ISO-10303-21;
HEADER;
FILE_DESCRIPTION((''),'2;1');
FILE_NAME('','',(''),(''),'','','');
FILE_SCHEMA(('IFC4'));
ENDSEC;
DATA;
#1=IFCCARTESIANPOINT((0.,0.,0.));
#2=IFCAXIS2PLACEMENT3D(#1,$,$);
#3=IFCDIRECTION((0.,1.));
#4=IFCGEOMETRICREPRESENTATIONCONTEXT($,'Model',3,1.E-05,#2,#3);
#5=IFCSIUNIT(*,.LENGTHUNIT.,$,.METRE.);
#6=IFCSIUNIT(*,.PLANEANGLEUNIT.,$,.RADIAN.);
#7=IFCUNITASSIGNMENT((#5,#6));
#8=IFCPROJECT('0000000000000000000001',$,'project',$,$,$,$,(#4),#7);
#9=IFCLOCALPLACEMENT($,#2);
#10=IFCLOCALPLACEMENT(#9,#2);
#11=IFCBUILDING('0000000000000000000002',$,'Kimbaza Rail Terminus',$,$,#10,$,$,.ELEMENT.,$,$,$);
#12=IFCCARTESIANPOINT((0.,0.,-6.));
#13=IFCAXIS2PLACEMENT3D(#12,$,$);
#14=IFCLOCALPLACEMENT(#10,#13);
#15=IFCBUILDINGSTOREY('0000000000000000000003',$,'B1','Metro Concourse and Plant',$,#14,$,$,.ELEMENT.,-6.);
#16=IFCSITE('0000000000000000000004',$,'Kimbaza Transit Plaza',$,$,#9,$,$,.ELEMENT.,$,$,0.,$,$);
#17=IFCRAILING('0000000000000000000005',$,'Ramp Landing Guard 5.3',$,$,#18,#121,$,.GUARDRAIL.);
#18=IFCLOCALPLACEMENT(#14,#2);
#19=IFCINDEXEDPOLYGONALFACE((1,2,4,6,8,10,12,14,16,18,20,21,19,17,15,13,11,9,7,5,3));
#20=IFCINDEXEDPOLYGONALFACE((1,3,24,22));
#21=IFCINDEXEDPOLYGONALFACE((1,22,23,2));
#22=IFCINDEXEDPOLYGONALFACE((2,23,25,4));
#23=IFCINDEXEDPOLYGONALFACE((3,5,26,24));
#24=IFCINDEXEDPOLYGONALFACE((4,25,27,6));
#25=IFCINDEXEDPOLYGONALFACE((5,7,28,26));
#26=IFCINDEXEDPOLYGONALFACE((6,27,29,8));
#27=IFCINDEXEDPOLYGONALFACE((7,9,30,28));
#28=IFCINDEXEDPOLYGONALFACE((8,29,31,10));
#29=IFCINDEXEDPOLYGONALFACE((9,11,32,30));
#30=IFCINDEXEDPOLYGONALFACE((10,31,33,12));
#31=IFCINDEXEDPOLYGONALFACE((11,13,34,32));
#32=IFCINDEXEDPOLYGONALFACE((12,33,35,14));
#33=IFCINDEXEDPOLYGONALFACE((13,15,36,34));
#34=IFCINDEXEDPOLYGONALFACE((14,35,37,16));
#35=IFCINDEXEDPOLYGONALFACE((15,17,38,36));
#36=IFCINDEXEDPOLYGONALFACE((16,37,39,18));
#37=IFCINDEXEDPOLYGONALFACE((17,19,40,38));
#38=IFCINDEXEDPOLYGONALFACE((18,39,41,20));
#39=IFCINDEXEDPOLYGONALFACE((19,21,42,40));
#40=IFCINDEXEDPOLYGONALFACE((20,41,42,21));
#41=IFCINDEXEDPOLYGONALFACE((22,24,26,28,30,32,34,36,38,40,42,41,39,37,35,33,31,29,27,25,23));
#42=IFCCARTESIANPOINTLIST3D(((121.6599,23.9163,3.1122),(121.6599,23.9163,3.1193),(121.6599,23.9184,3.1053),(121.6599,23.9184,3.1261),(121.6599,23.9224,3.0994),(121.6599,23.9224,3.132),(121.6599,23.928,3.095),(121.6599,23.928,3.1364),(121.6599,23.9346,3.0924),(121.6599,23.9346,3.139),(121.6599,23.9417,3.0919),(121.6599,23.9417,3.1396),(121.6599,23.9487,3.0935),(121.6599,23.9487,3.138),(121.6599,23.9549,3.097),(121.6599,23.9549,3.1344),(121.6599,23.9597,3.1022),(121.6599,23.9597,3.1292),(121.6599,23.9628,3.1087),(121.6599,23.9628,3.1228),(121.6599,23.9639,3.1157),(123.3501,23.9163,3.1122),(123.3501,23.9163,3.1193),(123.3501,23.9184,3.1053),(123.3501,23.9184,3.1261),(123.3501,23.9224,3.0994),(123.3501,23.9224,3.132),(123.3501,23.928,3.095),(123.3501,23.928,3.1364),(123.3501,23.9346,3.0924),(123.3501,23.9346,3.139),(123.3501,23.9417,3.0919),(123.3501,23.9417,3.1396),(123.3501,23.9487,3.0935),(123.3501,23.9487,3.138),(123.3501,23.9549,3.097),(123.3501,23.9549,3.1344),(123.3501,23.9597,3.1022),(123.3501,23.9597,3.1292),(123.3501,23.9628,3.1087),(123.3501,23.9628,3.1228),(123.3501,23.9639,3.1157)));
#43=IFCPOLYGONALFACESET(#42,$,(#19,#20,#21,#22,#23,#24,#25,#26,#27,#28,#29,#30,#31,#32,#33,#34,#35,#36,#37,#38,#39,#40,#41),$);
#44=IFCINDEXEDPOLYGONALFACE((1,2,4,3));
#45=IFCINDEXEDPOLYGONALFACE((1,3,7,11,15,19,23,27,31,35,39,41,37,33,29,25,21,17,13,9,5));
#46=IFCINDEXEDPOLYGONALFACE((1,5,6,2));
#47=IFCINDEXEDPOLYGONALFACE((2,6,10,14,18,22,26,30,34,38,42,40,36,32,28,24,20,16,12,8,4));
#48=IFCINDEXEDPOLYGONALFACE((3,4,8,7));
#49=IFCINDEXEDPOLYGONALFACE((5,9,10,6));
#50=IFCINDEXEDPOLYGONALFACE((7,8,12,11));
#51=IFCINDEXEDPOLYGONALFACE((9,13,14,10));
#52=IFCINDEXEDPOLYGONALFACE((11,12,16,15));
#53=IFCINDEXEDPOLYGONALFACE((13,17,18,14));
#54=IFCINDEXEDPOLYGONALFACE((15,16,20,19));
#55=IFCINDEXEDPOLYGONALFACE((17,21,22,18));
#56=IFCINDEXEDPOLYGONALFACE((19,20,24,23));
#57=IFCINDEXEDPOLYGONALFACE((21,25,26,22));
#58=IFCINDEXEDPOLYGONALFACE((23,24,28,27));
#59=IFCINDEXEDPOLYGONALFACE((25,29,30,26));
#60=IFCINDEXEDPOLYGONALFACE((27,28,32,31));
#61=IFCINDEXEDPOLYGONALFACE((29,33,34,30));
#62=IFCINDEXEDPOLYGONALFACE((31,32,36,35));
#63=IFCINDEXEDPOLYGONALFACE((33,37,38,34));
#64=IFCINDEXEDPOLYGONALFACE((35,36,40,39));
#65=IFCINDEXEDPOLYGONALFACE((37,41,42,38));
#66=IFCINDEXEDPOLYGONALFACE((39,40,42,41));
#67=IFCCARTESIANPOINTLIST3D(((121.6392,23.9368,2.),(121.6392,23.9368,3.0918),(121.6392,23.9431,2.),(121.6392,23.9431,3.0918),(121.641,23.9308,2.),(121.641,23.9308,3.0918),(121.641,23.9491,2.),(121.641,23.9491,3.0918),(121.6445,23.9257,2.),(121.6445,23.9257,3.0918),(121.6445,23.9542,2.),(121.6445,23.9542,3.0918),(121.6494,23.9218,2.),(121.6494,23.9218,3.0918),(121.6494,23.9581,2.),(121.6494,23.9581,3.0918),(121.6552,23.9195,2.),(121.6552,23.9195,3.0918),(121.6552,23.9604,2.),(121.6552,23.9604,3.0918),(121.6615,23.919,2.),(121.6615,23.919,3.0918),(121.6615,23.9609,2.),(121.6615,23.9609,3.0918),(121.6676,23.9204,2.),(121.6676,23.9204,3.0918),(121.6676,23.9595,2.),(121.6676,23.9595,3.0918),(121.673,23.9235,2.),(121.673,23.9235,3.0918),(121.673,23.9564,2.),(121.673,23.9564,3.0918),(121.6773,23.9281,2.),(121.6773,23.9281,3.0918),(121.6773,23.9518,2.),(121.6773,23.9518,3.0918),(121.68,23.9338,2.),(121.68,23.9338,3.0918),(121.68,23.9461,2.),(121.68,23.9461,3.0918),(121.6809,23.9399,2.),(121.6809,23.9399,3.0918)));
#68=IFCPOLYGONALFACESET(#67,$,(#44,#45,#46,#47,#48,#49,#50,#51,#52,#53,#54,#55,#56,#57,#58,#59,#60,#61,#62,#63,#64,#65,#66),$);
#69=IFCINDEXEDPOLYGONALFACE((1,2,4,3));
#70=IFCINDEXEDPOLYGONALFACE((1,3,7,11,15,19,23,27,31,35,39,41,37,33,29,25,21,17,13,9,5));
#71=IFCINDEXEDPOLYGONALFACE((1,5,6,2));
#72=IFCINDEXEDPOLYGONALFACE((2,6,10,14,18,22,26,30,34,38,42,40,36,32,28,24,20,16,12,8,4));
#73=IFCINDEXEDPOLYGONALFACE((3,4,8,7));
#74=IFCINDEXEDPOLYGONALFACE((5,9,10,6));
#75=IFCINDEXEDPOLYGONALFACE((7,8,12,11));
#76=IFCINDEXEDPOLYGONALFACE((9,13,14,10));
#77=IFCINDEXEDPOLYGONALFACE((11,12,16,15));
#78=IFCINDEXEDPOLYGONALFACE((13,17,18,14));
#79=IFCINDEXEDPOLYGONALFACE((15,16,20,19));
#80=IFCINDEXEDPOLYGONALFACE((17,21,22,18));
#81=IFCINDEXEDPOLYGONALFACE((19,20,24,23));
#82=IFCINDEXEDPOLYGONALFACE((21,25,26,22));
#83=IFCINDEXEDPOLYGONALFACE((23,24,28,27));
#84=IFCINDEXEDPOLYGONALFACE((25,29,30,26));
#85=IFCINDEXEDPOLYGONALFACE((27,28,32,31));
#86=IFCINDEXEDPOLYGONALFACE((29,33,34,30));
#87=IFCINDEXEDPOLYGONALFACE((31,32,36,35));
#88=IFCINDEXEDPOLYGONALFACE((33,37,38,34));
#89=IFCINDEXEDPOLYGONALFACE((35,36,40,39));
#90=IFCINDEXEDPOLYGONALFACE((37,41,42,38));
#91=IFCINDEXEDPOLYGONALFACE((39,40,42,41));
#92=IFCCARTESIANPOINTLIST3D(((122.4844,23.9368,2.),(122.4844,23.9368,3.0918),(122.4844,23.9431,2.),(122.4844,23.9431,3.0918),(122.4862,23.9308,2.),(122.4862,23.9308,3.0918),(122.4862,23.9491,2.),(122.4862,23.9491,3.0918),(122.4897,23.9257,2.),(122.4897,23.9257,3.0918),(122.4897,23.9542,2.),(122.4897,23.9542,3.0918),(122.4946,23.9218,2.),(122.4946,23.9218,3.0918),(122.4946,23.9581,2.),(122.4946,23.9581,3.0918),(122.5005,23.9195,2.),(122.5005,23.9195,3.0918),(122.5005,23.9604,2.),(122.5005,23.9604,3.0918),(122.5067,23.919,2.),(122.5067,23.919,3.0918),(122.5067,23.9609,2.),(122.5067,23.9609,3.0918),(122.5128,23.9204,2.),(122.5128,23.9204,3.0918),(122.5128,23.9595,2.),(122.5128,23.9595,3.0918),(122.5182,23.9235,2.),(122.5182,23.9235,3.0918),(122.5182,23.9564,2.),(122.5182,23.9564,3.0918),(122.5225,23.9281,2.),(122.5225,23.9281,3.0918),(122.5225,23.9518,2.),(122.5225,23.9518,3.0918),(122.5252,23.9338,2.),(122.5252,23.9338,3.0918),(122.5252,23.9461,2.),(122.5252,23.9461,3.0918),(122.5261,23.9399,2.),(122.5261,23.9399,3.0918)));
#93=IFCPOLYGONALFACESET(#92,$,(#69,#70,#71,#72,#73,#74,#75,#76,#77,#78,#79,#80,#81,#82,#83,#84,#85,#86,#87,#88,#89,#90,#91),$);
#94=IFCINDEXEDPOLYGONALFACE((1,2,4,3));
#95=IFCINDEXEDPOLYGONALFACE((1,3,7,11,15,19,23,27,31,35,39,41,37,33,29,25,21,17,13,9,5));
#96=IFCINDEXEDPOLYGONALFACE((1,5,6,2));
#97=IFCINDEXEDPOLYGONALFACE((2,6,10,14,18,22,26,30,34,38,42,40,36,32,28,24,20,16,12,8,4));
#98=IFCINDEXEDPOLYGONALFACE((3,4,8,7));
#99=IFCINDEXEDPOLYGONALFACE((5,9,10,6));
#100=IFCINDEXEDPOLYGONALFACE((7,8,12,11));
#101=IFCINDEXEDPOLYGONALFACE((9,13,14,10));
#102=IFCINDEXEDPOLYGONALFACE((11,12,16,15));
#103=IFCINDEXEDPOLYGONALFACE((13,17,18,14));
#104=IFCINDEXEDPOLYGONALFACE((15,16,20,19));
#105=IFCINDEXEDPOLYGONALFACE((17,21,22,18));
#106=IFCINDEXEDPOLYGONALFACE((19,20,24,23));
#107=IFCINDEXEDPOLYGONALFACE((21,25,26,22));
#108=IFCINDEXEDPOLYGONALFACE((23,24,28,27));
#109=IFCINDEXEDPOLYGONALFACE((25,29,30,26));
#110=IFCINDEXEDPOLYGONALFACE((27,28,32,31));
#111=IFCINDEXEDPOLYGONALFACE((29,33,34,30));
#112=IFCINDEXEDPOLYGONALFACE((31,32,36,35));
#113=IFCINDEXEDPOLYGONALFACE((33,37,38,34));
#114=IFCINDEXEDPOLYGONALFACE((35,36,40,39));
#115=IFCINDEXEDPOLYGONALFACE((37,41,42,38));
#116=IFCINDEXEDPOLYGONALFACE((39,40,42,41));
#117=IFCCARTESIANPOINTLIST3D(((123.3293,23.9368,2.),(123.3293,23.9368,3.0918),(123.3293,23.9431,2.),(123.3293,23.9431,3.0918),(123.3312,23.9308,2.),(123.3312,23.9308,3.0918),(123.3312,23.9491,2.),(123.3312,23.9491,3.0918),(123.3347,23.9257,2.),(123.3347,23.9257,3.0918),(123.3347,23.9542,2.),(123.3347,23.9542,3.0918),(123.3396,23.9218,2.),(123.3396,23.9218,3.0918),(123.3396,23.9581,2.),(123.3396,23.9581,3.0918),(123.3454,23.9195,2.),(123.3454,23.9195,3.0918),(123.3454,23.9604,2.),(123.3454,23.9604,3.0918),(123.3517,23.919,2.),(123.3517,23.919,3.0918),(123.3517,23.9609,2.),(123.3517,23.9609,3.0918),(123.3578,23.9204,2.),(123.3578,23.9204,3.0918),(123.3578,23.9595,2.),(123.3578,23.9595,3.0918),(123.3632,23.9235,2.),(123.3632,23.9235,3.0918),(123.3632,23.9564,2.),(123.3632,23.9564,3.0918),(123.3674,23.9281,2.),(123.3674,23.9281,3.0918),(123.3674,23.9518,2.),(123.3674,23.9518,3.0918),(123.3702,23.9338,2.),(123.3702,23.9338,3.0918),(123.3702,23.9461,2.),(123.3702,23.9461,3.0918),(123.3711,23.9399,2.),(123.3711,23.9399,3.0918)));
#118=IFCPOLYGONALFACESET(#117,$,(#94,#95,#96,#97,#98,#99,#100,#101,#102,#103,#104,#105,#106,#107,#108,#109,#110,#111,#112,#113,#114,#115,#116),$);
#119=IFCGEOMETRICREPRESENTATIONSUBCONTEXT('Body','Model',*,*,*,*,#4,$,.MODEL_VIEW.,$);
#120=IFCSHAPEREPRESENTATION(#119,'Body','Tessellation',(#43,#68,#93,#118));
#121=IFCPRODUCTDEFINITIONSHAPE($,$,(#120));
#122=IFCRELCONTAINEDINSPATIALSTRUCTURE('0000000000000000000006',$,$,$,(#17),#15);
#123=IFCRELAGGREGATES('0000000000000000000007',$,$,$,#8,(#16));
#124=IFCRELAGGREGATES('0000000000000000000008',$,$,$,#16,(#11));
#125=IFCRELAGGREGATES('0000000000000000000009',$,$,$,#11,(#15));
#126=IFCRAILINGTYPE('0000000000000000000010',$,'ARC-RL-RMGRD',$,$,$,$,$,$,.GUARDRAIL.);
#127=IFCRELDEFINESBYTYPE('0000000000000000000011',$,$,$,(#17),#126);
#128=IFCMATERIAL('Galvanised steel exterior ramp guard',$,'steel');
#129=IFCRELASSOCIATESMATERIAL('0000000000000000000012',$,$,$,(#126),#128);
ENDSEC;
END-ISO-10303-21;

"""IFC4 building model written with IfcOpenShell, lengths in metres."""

from ifc_helpers import new_model, si_unit, direction, frame, origin, origin_2d, place, context, subcontext, project, spatial, circle, extrude, material, type_object, element, save


model = new_model("IFC4")

# Units and contexts
model_context = context("Model", 3, precision=1e-05, world=origin(), true_north=direction((0.0, 1.0)))
body_context = subcontext(model_context, "Body", "Model", "MODEL_VIEW")
ifc_project = project(units=[si_unit("LENGTHUNIT", "METRE"), si_unit("PLANEANGLEUNIT", "RADIAN")], contexts=[model_context])

# Site, building, storey
site_placement = place(None, origin())
site = spatial("IfcSite", under=ifc_project, at=site_placement, Name="Kimbaza Transit Plaza", CompositionType="ELEMENT", RefElevation=0.0)
building_placement = place(site_placement, origin())
building = spatial("IfcBuilding", under=site, at=building_placement, Name="Kimbaza Rail Terminus", CompositionType="ELEMENT")
storey_placement = place(building_placement, frame((0.0, 0.0, -6.0)))
storey = spatial("IfcBuildingStorey", under=building, at=storey_placement, Name="B1", Description="Metro Concourse and Plant", CompositionType="ELEMENT", Elevation=-6.0)

# Railing
ifc_material_1 = material(Name="Galvanised steel exterior ramp guard", Category="steel")
railing_type_1 = type_object("IfcRailingType", Name="ARC-RL-RMGRD", PredefinedType="GUARDRAIL", material=ifc_material_1)
railing_1_placement = place(storey_placement, frame((121.6599, 23.9399, 2.0)))
element("IfcRailing", 1, at=railing_1_placement, inside=storey, type_object=railing_type_1, Name="Ramp Landing Guard 5.3", PredefinedType="GUARDRAIL", context=body_context, shape_type="SweptSolid", body=[
    extrude(circle(Radius=0.0239, at=origin_2d()), frame((0.0, 0.0, 1.1157), z_axis=(1.0, 0.0, 0.0), x_axis=(0.0, 1.0, 0.0)), (0.0, 0.0, 1.0), 1.6902),
    extrude(circle(Radius=0.021, at=origin_2d()), origin(), (0.0, 0.0, 1.0), 1.0918),
    extrude(circle(Radius=0.021, at=origin_2d()), frame((0.8452, 0.0, 0.0)), (0.0, 0.0, 1.0), 1.0918),
    extrude(circle(Radius=0.021, at=origin_2d()), frame((1.6902, 0.0, 0.0)), (0.0, 0.0, 1.0), 1.0918),
])

save(model, "model.ifc")
